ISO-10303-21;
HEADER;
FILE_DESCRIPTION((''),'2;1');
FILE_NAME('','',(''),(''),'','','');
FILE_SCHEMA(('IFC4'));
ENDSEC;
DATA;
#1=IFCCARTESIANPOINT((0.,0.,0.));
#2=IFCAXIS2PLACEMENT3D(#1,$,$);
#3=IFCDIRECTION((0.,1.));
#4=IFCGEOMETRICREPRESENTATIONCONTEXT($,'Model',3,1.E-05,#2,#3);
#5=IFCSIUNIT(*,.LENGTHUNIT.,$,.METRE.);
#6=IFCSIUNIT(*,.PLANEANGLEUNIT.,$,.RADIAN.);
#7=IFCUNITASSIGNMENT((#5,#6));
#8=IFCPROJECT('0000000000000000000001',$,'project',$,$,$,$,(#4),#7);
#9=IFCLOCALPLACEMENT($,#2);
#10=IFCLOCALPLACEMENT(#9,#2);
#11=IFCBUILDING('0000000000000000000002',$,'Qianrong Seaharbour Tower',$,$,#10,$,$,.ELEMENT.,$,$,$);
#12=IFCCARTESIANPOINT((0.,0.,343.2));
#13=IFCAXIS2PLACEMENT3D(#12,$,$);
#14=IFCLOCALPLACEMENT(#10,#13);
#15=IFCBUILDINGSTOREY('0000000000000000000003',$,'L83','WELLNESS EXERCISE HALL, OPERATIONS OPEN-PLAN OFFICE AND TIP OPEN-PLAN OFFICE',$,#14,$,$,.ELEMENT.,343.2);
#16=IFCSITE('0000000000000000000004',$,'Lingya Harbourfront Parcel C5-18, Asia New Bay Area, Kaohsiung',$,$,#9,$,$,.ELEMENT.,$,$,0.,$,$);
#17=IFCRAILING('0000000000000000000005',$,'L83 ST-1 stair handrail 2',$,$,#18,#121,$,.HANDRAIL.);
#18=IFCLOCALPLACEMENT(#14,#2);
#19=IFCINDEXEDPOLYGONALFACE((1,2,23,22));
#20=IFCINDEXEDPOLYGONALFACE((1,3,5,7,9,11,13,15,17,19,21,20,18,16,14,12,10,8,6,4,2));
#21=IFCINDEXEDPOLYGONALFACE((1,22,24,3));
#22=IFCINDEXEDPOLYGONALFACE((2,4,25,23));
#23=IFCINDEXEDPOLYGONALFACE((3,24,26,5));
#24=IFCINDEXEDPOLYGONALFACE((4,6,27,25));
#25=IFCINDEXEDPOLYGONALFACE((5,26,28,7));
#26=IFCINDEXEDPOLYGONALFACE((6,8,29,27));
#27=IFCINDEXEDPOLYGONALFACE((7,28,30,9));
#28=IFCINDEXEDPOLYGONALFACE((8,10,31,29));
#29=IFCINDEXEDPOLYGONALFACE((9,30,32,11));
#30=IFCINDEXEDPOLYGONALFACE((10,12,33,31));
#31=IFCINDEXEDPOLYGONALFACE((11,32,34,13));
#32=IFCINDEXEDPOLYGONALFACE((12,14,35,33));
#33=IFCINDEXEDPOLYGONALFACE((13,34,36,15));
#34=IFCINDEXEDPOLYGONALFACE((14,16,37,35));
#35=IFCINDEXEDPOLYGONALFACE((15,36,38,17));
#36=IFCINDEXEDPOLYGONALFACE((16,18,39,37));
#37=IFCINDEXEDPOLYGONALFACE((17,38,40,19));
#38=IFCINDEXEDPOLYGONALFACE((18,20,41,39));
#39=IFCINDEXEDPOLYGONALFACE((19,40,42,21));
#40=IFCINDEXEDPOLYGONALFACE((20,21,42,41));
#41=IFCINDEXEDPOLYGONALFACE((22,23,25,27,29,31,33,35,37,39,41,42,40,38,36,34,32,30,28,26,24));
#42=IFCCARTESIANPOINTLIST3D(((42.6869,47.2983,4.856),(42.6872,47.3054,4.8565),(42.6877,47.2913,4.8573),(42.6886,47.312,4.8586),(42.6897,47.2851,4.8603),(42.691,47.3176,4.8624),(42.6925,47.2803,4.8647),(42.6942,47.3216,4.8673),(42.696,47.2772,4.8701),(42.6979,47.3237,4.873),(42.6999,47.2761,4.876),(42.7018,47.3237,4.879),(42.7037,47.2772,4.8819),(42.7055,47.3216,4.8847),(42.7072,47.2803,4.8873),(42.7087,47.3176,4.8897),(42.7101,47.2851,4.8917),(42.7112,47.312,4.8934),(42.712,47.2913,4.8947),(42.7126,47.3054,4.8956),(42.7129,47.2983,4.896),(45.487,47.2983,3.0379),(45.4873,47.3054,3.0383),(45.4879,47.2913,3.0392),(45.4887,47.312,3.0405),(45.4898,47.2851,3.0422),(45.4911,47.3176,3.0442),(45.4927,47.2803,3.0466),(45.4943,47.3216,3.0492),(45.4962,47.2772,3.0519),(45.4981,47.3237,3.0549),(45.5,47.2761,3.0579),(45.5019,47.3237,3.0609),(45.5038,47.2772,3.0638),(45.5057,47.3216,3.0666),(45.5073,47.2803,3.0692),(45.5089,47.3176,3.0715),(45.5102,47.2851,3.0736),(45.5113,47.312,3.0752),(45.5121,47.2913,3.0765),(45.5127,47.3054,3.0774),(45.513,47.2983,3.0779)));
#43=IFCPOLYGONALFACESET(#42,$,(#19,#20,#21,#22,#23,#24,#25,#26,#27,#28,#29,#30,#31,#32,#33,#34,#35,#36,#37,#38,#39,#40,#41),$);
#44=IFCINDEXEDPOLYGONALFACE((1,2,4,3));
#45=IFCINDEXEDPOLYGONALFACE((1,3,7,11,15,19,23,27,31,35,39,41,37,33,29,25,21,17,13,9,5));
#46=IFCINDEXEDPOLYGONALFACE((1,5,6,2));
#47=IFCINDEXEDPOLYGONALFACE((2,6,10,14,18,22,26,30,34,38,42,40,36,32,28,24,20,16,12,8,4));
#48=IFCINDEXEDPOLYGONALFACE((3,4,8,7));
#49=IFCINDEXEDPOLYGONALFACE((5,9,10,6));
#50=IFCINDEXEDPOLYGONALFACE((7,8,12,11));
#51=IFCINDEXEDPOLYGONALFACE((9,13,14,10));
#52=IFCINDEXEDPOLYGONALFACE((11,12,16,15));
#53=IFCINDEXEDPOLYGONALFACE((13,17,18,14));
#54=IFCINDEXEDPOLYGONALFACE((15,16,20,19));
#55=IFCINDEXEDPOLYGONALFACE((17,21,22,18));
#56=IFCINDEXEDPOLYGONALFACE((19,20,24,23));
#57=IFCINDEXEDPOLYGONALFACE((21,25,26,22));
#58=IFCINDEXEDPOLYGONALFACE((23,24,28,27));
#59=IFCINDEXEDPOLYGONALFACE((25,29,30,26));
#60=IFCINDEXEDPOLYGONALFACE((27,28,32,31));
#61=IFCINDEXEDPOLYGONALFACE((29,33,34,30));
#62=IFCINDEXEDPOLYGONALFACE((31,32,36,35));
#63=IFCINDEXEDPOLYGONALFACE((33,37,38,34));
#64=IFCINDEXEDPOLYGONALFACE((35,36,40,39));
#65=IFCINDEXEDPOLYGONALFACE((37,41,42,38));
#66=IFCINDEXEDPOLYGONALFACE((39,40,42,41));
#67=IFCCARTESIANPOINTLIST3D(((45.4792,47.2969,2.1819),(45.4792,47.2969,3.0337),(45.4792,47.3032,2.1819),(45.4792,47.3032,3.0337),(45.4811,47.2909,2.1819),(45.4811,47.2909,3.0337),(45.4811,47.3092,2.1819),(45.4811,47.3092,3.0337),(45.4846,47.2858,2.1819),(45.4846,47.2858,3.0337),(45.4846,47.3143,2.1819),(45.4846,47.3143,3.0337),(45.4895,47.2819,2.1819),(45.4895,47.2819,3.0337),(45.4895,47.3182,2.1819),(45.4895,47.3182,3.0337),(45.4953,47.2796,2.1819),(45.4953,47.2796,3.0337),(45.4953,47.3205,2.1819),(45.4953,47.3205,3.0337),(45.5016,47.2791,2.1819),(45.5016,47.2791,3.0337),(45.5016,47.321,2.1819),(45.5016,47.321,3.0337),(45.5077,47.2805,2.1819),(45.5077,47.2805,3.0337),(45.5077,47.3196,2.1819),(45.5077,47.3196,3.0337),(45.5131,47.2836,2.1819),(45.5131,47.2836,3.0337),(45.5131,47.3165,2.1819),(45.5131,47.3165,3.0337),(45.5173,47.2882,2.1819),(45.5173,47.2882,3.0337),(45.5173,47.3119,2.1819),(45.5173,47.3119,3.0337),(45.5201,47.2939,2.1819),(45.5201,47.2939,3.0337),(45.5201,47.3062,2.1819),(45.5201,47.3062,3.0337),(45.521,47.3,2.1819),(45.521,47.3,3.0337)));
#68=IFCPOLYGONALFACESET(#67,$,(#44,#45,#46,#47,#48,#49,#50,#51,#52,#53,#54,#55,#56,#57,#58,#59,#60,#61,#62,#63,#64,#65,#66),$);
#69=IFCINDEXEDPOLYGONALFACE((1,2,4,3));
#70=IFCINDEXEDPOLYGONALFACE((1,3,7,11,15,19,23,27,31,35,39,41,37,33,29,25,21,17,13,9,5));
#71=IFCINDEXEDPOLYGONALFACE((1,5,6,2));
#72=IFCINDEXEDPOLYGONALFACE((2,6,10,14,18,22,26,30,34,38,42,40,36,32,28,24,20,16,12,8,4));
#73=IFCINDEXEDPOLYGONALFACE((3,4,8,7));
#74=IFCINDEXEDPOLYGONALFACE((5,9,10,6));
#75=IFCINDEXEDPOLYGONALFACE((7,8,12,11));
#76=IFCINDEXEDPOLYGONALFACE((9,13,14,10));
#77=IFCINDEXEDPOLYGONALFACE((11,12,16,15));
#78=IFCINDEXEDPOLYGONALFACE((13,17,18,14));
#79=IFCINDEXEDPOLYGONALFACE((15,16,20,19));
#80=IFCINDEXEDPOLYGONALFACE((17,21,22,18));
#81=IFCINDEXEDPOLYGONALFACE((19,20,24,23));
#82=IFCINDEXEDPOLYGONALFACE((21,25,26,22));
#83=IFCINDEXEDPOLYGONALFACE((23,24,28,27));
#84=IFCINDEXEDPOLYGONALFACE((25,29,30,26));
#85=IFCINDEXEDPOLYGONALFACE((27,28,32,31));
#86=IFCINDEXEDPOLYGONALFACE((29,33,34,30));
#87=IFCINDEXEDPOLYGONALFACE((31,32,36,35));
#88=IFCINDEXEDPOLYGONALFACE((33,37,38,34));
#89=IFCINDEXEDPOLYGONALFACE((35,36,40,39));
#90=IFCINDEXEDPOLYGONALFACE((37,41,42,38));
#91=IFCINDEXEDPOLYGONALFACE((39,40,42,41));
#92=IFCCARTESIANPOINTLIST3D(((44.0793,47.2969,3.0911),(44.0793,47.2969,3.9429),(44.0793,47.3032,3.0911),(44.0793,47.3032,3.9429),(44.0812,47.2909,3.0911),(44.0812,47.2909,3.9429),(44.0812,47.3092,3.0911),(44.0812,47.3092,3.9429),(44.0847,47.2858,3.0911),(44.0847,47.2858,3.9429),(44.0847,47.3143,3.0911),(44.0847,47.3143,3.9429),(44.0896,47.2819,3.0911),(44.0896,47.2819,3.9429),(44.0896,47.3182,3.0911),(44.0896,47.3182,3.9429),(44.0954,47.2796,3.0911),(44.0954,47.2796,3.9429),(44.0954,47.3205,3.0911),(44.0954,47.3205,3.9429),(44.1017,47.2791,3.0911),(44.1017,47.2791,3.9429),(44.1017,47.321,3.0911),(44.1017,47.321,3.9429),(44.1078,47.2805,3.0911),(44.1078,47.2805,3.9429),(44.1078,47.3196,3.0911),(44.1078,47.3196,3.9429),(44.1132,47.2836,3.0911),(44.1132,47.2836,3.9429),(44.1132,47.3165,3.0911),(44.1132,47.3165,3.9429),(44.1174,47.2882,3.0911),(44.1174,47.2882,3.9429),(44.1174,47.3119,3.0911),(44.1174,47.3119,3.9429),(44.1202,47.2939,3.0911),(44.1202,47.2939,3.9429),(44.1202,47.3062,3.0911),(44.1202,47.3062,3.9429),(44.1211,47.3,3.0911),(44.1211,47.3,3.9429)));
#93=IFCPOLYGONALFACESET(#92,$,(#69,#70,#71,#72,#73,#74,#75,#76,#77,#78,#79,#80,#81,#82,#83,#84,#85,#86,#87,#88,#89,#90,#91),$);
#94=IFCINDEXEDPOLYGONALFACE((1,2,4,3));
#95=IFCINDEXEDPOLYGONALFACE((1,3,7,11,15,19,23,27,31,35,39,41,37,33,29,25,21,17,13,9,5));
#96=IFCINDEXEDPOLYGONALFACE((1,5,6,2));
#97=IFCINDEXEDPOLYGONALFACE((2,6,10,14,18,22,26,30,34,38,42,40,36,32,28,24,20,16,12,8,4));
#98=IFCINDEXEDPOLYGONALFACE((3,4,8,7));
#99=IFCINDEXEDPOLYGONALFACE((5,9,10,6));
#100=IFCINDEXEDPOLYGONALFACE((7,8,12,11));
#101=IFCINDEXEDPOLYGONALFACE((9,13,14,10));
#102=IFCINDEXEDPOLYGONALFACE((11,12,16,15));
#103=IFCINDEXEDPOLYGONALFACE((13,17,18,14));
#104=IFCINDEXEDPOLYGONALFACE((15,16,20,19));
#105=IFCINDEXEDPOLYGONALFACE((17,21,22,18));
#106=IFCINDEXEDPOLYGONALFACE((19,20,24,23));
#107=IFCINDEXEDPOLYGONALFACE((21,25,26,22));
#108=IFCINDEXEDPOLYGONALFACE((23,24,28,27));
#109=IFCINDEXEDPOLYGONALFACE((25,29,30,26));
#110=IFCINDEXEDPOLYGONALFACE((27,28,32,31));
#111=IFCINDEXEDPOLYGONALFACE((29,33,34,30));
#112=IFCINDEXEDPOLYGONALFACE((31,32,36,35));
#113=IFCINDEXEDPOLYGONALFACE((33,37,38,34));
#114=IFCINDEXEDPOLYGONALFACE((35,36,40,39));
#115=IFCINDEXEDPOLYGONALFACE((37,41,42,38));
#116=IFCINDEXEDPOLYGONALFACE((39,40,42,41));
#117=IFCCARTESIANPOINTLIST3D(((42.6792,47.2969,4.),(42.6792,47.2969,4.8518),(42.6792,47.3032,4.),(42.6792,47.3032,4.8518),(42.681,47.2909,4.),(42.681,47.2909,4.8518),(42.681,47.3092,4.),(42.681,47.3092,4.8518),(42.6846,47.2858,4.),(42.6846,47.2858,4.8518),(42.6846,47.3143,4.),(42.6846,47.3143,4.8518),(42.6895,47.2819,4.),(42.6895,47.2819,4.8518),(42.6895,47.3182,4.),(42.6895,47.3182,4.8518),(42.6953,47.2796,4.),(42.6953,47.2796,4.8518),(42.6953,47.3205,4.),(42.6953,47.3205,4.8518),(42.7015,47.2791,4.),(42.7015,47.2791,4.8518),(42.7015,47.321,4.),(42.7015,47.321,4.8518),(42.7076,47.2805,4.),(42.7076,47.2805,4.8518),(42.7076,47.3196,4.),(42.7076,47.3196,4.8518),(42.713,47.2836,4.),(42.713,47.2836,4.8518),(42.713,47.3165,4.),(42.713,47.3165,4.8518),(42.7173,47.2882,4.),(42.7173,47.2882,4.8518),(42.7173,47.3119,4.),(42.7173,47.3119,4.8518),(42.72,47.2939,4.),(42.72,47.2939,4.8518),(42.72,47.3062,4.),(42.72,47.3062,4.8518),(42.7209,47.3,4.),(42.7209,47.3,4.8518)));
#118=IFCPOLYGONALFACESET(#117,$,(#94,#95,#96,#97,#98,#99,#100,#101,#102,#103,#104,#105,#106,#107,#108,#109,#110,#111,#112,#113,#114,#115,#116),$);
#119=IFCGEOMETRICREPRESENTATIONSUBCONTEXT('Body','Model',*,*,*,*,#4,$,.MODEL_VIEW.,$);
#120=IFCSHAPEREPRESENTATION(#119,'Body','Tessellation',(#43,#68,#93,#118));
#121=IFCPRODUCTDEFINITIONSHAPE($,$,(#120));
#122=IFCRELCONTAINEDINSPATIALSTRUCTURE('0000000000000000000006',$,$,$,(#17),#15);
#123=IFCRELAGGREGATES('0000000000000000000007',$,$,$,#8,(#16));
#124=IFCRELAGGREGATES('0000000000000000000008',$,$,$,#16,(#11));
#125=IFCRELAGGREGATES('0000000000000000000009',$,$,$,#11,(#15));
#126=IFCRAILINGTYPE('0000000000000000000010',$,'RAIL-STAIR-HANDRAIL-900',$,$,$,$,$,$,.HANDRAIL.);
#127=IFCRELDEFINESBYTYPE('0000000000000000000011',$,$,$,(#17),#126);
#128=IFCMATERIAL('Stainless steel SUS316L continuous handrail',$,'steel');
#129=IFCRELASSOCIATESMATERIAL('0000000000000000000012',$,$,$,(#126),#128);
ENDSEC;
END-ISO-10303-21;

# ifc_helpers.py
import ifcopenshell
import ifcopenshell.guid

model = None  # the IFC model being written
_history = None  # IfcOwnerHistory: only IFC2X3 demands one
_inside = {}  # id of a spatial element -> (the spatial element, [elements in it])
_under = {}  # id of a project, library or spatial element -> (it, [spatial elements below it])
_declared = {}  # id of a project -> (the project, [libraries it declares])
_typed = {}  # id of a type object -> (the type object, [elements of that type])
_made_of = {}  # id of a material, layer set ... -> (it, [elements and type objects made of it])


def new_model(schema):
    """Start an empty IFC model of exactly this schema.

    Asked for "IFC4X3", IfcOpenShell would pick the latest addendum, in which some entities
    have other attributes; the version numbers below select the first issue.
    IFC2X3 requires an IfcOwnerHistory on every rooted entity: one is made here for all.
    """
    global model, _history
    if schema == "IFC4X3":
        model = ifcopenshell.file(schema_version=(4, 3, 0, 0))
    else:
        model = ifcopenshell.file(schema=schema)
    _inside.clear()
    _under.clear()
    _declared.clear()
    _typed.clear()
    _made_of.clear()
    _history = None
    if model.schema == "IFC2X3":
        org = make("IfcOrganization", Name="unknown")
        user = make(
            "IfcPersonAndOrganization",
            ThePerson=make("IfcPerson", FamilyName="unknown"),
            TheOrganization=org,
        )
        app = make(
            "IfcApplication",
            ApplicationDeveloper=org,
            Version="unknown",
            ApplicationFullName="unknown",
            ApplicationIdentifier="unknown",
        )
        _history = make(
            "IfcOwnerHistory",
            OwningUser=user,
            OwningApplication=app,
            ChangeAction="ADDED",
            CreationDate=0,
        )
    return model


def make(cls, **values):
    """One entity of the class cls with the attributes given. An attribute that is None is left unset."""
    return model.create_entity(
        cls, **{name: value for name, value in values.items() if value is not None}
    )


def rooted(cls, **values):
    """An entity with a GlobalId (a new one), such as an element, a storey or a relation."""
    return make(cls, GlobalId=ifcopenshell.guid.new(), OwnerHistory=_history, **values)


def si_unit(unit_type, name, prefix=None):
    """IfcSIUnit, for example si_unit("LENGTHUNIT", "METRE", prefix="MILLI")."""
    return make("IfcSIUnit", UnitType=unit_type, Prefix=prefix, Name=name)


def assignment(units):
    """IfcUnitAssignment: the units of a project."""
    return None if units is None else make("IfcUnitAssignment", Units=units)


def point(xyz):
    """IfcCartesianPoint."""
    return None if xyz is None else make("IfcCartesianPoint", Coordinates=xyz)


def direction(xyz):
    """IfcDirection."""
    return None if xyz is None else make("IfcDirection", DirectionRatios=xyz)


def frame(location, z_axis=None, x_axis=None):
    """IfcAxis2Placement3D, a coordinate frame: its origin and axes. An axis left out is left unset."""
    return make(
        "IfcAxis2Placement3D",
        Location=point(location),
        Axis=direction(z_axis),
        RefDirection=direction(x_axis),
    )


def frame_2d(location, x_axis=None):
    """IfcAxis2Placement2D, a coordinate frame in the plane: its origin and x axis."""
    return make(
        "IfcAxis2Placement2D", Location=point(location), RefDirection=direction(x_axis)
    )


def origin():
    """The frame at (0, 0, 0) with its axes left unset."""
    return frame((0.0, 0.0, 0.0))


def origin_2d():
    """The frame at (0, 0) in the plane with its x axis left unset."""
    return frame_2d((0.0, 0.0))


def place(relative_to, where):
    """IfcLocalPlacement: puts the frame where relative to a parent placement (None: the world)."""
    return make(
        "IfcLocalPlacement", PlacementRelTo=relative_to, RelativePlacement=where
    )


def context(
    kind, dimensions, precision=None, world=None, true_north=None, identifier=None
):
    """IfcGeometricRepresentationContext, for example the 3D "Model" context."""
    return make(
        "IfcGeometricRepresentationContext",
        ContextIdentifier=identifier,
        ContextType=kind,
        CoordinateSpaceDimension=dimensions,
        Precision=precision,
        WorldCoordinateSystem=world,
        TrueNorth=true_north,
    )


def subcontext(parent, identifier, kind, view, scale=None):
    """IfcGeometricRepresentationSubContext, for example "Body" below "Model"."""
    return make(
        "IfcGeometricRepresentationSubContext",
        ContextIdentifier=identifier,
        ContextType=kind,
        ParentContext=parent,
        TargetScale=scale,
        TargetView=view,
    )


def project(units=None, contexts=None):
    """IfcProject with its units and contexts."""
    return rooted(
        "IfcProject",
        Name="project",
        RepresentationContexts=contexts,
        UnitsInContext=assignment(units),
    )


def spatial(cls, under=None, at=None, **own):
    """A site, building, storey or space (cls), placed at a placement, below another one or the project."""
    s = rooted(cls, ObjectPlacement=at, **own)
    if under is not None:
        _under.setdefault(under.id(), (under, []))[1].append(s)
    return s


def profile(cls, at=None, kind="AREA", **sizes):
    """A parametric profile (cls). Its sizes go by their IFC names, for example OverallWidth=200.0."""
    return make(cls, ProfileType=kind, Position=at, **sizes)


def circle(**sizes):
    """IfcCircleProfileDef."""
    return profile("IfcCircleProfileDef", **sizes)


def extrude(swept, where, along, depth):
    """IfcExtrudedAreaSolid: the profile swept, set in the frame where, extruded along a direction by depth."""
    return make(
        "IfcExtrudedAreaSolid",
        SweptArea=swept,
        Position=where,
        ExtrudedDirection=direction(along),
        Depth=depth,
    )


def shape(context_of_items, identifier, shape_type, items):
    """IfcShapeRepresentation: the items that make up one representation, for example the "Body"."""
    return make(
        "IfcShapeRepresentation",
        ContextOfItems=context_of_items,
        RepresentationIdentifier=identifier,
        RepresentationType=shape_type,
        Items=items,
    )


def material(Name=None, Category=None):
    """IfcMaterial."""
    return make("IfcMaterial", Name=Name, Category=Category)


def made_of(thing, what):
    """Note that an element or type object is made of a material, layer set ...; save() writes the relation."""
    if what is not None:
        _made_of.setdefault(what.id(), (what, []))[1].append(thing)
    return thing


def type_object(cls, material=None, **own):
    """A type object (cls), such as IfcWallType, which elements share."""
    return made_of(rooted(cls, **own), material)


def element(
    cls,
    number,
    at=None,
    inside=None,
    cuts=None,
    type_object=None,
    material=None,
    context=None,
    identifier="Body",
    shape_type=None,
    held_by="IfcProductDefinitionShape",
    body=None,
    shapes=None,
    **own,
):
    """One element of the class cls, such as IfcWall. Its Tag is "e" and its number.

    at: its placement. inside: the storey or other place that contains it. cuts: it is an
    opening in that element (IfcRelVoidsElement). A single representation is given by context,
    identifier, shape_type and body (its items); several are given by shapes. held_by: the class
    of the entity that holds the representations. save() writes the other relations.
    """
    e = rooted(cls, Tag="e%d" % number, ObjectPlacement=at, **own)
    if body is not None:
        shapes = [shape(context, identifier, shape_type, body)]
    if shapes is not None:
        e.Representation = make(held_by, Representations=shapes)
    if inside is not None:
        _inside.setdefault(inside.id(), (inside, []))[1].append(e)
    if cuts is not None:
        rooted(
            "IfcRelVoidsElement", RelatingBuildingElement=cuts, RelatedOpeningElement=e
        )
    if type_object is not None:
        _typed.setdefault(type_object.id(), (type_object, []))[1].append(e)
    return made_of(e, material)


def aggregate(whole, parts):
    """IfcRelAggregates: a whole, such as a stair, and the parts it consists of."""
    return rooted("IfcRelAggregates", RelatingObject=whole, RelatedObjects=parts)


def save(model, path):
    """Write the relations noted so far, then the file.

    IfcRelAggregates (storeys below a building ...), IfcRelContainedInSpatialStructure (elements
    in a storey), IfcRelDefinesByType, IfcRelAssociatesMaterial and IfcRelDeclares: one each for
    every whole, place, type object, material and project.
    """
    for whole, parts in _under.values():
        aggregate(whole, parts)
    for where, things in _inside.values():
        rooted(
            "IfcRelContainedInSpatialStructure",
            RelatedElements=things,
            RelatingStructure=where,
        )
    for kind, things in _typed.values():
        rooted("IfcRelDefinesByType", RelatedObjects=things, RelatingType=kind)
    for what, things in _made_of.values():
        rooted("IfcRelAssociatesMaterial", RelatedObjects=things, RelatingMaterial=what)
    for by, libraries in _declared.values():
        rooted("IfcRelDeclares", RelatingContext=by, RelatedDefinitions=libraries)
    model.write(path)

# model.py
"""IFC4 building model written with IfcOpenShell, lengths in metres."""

from ifc_helpers import new_model, si_unit, direction, frame, origin, origin_2d, place, context, subcontext, project, spatial, circle, extrude, material, type_object, element, save


model = new_model("IFC4")

# Units and contexts
model_context = context("Model", 3, precision=1e-05, world=origin(), true_north=direction((0.0, 1.0)))
body_context = subcontext(model_context, "Body", "Model", "MODEL_VIEW")
ifc_project = project(units=[si_unit("LENGTHUNIT", "METRE"), si_unit("PLANEANGLEUNIT", "RADIAN")], contexts=[model_context])

# Site, building, storey
site_placement = place(None, origin())
site = spatial("IfcSite", under=ifc_project, at=site_placement, Name="Lingya Harbourfront Parcel C5-18, Asia New Bay Area, Kaohsiung", CompositionType="ELEMENT", RefElevation=0.0)
building_placement = place(site_placement, origin())
building = spatial("IfcBuilding", under=site, at=building_placement, Name="Qianrong Seaharbour Tower", CompositionType="ELEMENT")
storey_placement = place(building_placement, frame((0.0, 0.0, 343.2)))
storey = spatial("IfcBuildingStorey", under=building, at=storey_placement, Name="L83", Description="WELLNESS EXERCISE HALL, OPERATIONS OPEN-PLAN OFFICE AND TIP OPEN-PLAN OFFICE", CompositionType="ELEMENT", Elevation=343.2)

# Railing
ifc_material_1 = material(Name="Stainless steel SUS316L continuous handrail", Category="steel")
railing_type_1 = type_object("IfcRailingType", Name="RAIL-STAIR-HANDRAIL-900", PredefinedType="HANDRAIL", material=ifc_material_1)
railing_1_placement = place(storey_placement, frame((45.5, 47.3, 2.1819)))
element("IfcRailing", 1, at=railing_1_placement, inside=storey, type_object=railing_type_1, Name="L83 ST-1 stair handrail 2", PredefinedType="HANDRAIL", context=body_context, shape_type="SweptSolid", body=[
    extrude(circle(Radius=0.0239, at=origin_2d()), frame((0.0, 0.0, 0.876), z_axis=(-0.838706, 0.0, 0.544585), x_axis=(0.0, -1.0, 0.0)), (0.0, 0.0, 1.0), 3.3386),
    extrude(circle(Radius=0.021, at=origin_2d()), origin(), (0.0, 0.0, 1.0), 0.8518),
    extrude(circle(Radius=0.021, at=origin_2d()), frame((-1.3999, 0.0, 0.9092)), (0.0, 0.0, 1.0), 0.8518),
    extrude(circle(Radius=0.021, at=origin_2d()), frame((-2.8, 0.0, 1.8181)), (0.0, 0.0, 1.0), 0.8518),
])

save(model, "model.ifc")
